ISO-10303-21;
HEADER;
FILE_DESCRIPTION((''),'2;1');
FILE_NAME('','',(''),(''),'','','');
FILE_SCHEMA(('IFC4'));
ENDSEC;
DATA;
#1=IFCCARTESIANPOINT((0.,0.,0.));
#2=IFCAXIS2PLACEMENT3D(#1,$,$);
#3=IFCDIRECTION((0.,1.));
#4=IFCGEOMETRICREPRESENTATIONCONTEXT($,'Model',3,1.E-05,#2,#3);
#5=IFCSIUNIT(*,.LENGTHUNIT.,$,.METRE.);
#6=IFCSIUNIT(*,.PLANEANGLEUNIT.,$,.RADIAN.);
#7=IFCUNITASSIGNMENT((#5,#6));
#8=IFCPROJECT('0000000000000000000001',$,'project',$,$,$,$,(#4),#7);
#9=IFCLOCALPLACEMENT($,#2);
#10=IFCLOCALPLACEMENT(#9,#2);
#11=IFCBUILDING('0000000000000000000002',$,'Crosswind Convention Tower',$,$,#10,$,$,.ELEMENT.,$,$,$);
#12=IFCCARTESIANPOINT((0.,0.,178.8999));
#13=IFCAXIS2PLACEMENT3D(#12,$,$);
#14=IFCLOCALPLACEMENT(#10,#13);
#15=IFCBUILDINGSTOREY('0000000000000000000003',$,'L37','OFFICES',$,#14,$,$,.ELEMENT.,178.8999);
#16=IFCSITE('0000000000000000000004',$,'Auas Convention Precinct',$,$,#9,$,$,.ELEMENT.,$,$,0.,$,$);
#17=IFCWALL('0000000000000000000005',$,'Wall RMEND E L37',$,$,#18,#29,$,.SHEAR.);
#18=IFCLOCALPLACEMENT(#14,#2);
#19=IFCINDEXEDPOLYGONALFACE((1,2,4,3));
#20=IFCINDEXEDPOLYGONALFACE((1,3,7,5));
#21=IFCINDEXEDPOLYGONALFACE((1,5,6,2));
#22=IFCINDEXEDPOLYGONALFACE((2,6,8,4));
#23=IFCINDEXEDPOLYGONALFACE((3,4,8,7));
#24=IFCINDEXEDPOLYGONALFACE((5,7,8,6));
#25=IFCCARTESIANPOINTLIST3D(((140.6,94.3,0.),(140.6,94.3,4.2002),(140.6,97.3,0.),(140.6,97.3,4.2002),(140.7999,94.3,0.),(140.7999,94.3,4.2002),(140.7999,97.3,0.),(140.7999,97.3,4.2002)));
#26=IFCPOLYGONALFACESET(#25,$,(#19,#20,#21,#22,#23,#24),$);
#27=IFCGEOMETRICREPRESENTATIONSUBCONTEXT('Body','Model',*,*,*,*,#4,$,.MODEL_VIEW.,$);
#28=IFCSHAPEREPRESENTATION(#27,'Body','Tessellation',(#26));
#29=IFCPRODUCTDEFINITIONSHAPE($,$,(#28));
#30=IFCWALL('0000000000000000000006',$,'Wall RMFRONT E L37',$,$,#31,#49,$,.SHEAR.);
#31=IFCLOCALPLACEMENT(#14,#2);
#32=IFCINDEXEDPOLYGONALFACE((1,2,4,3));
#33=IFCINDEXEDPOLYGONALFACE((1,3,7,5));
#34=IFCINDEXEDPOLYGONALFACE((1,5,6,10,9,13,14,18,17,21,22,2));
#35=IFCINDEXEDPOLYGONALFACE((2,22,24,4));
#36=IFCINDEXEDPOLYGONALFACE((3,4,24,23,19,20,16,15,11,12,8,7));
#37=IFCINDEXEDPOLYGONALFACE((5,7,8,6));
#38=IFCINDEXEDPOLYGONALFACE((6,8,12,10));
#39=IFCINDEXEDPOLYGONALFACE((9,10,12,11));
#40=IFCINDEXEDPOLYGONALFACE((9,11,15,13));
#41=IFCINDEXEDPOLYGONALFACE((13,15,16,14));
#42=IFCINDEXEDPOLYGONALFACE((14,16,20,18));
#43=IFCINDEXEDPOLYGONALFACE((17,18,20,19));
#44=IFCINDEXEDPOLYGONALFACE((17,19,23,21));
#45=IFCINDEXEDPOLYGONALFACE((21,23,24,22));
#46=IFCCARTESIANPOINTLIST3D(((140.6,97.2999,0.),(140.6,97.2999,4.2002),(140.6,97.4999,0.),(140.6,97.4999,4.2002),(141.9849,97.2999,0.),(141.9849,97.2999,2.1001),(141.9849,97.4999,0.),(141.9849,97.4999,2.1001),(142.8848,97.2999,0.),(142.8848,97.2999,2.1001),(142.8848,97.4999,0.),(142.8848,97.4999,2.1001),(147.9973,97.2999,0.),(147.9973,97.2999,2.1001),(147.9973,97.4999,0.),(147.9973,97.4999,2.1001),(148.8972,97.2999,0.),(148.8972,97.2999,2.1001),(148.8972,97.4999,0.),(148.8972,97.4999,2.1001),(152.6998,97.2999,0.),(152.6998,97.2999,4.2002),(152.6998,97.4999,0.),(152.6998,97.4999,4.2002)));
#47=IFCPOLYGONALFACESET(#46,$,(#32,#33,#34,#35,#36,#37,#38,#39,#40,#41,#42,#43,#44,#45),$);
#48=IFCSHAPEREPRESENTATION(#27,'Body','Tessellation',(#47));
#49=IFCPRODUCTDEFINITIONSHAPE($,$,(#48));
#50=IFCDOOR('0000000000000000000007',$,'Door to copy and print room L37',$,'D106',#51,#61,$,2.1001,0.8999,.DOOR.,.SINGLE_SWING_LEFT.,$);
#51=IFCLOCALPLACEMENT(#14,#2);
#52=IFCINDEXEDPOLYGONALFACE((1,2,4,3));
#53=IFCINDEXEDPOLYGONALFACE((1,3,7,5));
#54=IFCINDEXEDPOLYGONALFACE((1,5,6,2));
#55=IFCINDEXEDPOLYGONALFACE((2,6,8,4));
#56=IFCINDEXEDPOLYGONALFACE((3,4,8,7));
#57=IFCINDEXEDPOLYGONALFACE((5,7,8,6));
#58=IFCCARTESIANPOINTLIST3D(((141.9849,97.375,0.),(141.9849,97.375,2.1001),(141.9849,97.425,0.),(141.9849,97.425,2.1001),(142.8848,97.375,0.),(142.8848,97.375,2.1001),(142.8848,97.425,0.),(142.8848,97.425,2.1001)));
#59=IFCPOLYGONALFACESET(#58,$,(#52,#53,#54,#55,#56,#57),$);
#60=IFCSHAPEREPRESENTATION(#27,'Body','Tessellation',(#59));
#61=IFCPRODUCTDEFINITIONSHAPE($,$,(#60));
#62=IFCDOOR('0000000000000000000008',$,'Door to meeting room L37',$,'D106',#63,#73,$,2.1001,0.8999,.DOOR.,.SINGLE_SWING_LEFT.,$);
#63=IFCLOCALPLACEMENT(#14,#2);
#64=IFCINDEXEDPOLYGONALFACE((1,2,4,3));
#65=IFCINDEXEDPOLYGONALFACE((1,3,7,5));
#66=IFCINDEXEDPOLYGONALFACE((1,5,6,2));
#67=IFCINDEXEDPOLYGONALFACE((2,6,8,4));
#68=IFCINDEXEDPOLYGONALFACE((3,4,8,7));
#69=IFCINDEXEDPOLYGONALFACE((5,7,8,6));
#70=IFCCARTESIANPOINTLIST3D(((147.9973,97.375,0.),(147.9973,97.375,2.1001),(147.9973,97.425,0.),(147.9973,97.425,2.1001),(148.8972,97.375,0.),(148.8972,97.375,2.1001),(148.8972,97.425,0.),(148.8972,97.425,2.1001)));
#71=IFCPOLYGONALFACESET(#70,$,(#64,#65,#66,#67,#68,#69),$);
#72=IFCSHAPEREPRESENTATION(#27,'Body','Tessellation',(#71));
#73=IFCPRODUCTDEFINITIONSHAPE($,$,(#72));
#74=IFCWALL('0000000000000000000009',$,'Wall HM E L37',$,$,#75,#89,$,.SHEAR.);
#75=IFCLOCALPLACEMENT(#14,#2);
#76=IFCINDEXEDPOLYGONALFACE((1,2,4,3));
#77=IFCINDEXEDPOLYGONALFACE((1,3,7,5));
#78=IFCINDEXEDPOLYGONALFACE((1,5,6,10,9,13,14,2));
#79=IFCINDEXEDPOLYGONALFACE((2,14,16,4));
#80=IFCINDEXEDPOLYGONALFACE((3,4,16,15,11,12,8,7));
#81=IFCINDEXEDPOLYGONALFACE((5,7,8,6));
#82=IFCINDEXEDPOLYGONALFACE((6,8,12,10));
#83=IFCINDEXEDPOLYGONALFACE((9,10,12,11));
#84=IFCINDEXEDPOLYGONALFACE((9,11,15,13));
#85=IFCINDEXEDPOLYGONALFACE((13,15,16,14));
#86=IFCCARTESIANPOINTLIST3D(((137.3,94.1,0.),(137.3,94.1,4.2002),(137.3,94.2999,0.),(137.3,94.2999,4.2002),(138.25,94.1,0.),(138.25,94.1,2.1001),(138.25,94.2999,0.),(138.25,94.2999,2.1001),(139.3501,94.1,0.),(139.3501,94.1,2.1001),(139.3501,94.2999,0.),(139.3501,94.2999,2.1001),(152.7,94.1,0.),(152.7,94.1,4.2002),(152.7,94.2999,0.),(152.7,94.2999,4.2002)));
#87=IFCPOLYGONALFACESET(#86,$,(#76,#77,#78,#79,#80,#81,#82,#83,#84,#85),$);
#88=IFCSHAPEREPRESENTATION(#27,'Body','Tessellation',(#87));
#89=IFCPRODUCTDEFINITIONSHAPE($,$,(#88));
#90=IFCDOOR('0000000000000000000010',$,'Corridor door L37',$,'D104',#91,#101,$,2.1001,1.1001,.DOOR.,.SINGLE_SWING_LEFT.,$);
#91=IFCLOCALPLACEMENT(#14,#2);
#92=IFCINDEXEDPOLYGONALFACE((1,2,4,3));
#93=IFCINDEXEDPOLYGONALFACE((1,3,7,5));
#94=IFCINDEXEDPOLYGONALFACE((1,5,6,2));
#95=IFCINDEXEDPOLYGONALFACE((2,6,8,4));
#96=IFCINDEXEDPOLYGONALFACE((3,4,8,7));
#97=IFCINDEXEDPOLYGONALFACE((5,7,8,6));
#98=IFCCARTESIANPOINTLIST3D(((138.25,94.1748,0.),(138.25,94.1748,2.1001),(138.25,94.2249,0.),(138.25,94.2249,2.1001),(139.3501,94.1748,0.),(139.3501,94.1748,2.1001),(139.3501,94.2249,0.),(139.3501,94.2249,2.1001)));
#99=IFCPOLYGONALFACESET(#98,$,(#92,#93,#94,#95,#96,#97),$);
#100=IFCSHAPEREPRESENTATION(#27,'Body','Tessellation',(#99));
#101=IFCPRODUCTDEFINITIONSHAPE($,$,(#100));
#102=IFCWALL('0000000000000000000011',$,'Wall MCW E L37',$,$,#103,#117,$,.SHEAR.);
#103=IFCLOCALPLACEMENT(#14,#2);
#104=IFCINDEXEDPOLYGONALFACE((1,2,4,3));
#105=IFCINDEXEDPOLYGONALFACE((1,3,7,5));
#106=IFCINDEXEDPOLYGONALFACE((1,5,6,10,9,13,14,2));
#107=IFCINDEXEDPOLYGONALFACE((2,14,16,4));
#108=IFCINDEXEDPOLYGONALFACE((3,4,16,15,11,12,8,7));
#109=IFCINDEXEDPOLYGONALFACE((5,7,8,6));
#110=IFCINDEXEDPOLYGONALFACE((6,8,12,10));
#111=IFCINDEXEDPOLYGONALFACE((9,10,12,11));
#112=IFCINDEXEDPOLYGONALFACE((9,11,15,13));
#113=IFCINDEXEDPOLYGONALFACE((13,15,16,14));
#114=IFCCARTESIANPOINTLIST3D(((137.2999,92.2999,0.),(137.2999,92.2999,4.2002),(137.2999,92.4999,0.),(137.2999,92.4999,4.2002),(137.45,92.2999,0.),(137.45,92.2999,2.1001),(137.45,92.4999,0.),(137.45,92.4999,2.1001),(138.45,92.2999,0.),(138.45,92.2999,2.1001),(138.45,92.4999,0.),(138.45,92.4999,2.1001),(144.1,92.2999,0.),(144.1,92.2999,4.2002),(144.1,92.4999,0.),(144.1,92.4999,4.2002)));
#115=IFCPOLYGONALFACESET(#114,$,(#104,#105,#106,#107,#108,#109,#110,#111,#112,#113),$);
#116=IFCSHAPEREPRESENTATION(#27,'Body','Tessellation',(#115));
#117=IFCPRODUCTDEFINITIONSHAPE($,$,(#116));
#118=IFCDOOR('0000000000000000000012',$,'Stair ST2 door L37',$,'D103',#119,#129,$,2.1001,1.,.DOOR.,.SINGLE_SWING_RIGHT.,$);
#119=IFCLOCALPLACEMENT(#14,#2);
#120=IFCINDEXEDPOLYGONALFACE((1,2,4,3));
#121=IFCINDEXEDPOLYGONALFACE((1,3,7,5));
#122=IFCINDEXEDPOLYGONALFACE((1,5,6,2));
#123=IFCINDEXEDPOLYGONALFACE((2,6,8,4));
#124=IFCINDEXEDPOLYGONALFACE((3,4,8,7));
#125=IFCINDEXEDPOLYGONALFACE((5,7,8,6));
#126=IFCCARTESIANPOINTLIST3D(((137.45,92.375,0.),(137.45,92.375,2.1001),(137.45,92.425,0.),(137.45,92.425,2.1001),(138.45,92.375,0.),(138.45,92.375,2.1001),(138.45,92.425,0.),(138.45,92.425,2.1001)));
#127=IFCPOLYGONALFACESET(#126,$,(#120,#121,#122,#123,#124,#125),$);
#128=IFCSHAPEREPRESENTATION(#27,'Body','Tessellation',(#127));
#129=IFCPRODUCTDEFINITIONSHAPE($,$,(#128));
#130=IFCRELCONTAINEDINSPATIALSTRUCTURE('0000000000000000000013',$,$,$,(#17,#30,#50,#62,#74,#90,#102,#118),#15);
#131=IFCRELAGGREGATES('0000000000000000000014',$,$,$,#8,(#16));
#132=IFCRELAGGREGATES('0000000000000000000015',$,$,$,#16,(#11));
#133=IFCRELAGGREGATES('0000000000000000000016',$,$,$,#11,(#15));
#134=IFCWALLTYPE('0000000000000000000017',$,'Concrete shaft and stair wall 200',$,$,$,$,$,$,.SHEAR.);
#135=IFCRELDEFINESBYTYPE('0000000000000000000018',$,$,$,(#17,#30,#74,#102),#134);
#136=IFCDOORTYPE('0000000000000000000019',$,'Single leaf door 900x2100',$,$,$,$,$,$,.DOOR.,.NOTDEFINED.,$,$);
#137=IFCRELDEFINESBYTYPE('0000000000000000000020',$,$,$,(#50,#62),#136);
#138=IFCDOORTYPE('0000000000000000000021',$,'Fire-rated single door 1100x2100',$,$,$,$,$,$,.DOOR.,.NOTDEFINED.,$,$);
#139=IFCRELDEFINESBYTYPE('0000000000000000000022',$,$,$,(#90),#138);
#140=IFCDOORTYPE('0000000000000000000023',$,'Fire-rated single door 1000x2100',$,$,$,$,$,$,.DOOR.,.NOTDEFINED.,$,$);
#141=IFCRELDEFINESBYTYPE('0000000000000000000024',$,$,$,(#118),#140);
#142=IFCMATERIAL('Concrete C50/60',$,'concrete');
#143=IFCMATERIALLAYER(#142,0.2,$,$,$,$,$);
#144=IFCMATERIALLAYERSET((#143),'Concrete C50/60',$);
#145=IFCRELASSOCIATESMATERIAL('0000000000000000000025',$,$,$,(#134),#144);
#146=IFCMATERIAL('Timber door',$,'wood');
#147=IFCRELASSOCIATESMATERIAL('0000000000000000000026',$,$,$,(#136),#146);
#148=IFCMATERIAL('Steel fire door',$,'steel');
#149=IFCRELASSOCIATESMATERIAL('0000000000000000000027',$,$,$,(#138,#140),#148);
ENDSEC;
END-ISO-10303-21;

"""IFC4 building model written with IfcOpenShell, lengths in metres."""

from ifc_helpers import new_model, si_unit, direction, frame, frame_2d, origin, place, context, subcontext, project, spatial, rectangle, extrude, material, layer, layer_set, type_object, element, fill, save


model = new_model("IFC4")

# Units and contexts
model_context = context("Model", 3, precision=1e-05, world=origin(), true_north=direction((0.0, 1.0)))
body_context = subcontext(model_context, "Body", "Model", "MODEL_VIEW")
ifc_project = project(units=[si_unit("LENGTHUNIT", "METRE"), si_unit("PLANEANGLEUNIT", "RADIAN")], contexts=[model_context])

# Site, building, storey
site_placement = place(None, origin())
site = spatial("IfcSite", under=ifc_project, at=site_placement, Name="Auas Convention Precinct", CompositionType="ELEMENT", RefElevation=0.0)
building_placement = place(site_placement, origin())
building = spatial("IfcBuilding", under=site, at=building_placement, Name="Crosswind Convention Tower", CompositionType="ELEMENT")
storey_placement = place(building_placement, frame((0.0, 0.0, 178.8999)))
storey = spatial("IfcBuildingStorey", under=building, at=storey_placement, Name="L37", Description="OFFICES", CompositionType="ELEMENT", Elevation=178.8999)

# Shared definitions
ifc_material_1 = material(Name="Concrete C50/60", Category="concrete")

# Wall
ifc_layer_1 = layer(ifc_material_1, 0.2)
ifc_layer_set_1 = layer_set([ifc_layer_1], Name="Concrete C50/60")
wall_type_1 = type_object("IfcWallType", Name="Concrete shaft and stair wall 200", PredefinedType="SHEAR", material=ifc_layer_set_1)
wall_1_placement = place(storey_placement, frame((140.7, 94.3, 0.0), z_axis=(0.0, 0.0, 1.0), x_axis=(0.0, 1.0, 0.0)))
element("IfcWall", 1, at=wall_1_placement, inside=storey, type_object=wall_type_1, Name="Wall RMEND E L37", PredefinedType="SHEAR", context=body_context, shape_type="SweptSolid", body=[
    extrude(rectangle(XDim=3.0, YDim=0.2, at=frame_2d((1.5, 0.0))), origin(), (0.0, 0.0, 1.0), 4.2002),
])

# Wall, openings, doors
wall_2_placement = place(storey_placement, frame((140.6001, 97.3999, 0.0), z_axis=(0.0, 0.0, 1.0), x_axis=(1.0, 0.0, 0.0)))
wall_2 = element("IfcWall", 2, at=wall_2_placement, inside=storey, type_object=wall_type_1, Name="Wall RMFRONT E L37", PredefinedType="SHEAR", context=body_context, shape_type="SweptSolid", body=[
    extrude(rectangle(XDim=12.0999, YDim=0.2, at=frame_2d((6.0498, 0.0))), origin(), (0.0, 0.0, 1.0), 4.2002),
])
opening_1_placement = place(wall_2_placement, frame((1.3848, 0.0, 0.0)))
opening_1 = element("IfcOpeningElement", 3, at=opening_1_placement, cuts=wall_2, PredefinedType="OPENING", context=body_context, shape_type="SweptSolid", body=[
    extrude(rectangle(XDim=0.8999, YDim=2.1001, at=frame_2d((0.45, 1.05))), frame((0.0, 0.1099, 0.0), z_axis=(0.0, -1.0, 0.0), x_axis=(1.0, 0.0, 0.0)), (0.0, 0.0, 1.0), 0.22),
])
opening_2_placement = place(wall_2_placement, frame((7.3972, 0.0, 0.0)))
opening_2 = element("IfcOpeningElement", 4, at=opening_2_placement, cuts=wall_2, PredefinedType="OPENING", context=body_context, shape_type="SweptSolid", body=[
    extrude(rectangle(XDim=0.8999, YDim=2.1001, at=frame_2d((0.45, 1.05))), frame((0.0, 0.1099, 0.0), z_axis=(0.0, -1.0, 0.0), x_axis=(1.0, 0.0, 0.0)), (0.0, 0.0, 1.0), 0.22),
])
ifc_material_2 = material(Name="Timber door", Category="wood")
door_type_1 = type_object("IfcDoorType", Name="Single leaf door 900x2100", OperationType="NOTDEFINED", PredefinedType="DOOR", material=ifc_material_2)
door_1_placement = place(opening_1_placement, frame((0.8999, 0.0, 0.0), z_axis=(0.0, 0.0, 1.0), x_axis=(-1.0, 0.0, 0.0)))
door_1 = element("IfcDoor", 5, at=door_1_placement, inside=storey, type_object=door_type_1, Name="Door to copy and print room L37", ObjectType="D106", OperationType="SINGLE_SWING_LEFT", OverallHeight=2.1001, OverallWidth=0.8999, PredefinedType="DOOR", context=body_context, shape_type="SweptSolid", body=[
    extrude(rectangle(XDim=0.8999, YDim=2.1001, at=frame_2d((0.45, 1.05))), frame((0.0, 0.0249, 0.0), z_axis=(0.0, -1.0, 0.0), x_axis=(1.0, 0.0, 0.0)), (0.0, 0.0, 1.0), 0.05),
])
fill(opening_1, door_1)
door_2_placement = place(opening_2_placement, frame((0.8999, 0.0, 0.0), z_axis=(0.0, 0.0, 1.0), x_axis=(-1.0, 0.0, 0.0)))
door_2 = element("IfcDoor", 6, at=door_2_placement, inside=storey, type_object=door_type_1, Name="Door to meeting room L37", ObjectType="D106", OperationType="SINGLE_SWING_LEFT", OverallHeight=2.1001, OverallWidth=0.8999, PredefinedType="DOOR", context=body_context, shape_type="SweptSolid", body=[
    extrude(rectangle(XDim=0.8999, YDim=2.1001, at=frame_2d((0.45, 1.05))), frame((0.0, 0.0249, 0.0), z_axis=(0.0, -1.0, 0.0), x_axis=(1.0, 0.0, 0.0)), (0.0, 0.0, 1.0), 0.05),
])
fill(opening_2, door_2)

# Walls, openings, doors
wall_3_placement = place(storey_placement, frame((137.3, 94.2, 0.0), z_axis=(0.0, 0.0, 1.0), x_axis=(1.0, 0.0, 0.0)))
wall_3 = element("IfcWall", 7, at=wall_3_placement, inside=storey, type_object=wall_type_1, Name="Wall HM E L37", PredefinedType="SHEAR", context=body_context, shape_type="SweptSolid", body=[
    extrude(rectangle(XDim=15.3999, YDim=0.2, at=frame_2d((7.7, 0.0))), origin(), (0.0, 0.0, 1.0), 4.2002),
])
opening_3_placement = place(wall_3_placement, frame((0.95, 0.0, 0.0)))
opening_3 = element("IfcOpeningElement", 8, at=opening_3_placement, cuts=wall_3, PredefinedType="OPENING", context=body_context, shape_type="SweptSolid", body=[
    extrude(rectangle(XDim=1.1001, YDim=2.1001, at=frame_2d((0.55, 1.05))), frame((0.0, 0.1099, 0.0), z_axis=(0.0, -1.0, 0.0), x_axis=(1.0, 0.0, 0.0)), (0.0, 0.0, 1.0), 0.22),
])
ifc_material_3 = material(Name="Steel fire door", Category="steel")
door_type_2 = type_object("IfcDoorType", Name="Fire-rated single door 1100x2100", OperationType="NOTDEFINED", PredefinedType="DOOR", material=ifc_material_3)
door_3_placement = place(opening_3_placement, origin())
door_3 = element("IfcDoor", 9, at=door_3_placement, inside=storey, type_object=door_type_2, Name="Corridor door L37", ObjectType="D104", OperationType="SINGLE_SWING_LEFT", OverallHeight=2.1001, OverallWidth=1.1001, PredefinedType="DOOR", context=body_context, shape_type="SweptSolid", body=[
    extrude(rectangle(XDim=1.1001, YDim=2.1001, at=frame_2d((0.55, 1.05))), frame((0.0, 0.0249, 0.0), z_axis=(0.0, -1.0, 0.0), x_axis=(1.0, 0.0, 0.0)), (0.0, 0.0, 1.0), 0.05),
])
fill(opening_3, door_3)
wall_4_placement = place(storey_placement, frame((137.3, 92.3999, 0.0), z_axis=(0.0, 0.0, 1.0), x_axis=(1.0, 0.0, 0.0)))
wall_4 = element("IfcWall", 10, at=wall_4_placement, inside=storey, type_object=wall_type_1, Name="Wall MCW E L37", PredefinedType="SHEAR", context=body_context, shape_type="SweptSolid", body=[
    extrude(rectangle(XDim=6.8, YDim=0.2, at=frame_2d((3.3999, 0.0))), origin(), (0.0, 0.0, 1.0), 4.2002),
])
opening_4_placement = place(wall_4_placement, frame((0.1499, 0.0, 0.0)))
opening_4 = element("IfcOpeningElement", 11, at=opening_4_placement, cuts=wall_4, PredefinedType="OPENING", context=body_context, shape_type="SweptSolid", body=[
    extrude(rectangle(XDim=1.0, YDim=2.1001, at=frame_2d((0.5, 1.05))), frame((0.0, 0.1099, 0.0), z_axis=(0.0, -1.0, 0.0), x_axis=(1.0, 0.0, 0.0)), (0.0, 0.0, 1.0), 0.22),
])
door_type_3 = type_object("IfcDoorType", Name="Fire-rated single door 1000x2100", OperationType="NOTDEFINED", PredefinedType="DOOR", material=ifc_material_3)
door_4_placement = place(opening_4_placement, frame((1.0, 0.0, 0.0), z_axis=(0.0, 0.0, 1.0), x_axis=(-1.0, 0.0, 0.0)))
door_4 = element("IfcDoor", 12, at=door_4_placement, inside=storey, type_object=door_type_3, Name="Stair ST2 door L37", ObjectType="D103", OperationType="SINGLE_SWING_RIGHT", OverallHeight=2.1001, OverallWidth=1.0, PredefinedType="DOOR", context=body_context, shape_type="SweptSolid", body=[
    extrude(rectangle(XDim=1.0, YDim=2.1001, at=frame_2d((0.5, 1.05))), frame((0.0, 0.0249, 0.0), z_axis=(0.0, -1.0, 0.0), x_axis=(1.0, 0.0, 0.0)), (0.0, 0.0, 1.0), 0.05),
])
fill(opening_4, door_4)

save(model, "model.ifc")
